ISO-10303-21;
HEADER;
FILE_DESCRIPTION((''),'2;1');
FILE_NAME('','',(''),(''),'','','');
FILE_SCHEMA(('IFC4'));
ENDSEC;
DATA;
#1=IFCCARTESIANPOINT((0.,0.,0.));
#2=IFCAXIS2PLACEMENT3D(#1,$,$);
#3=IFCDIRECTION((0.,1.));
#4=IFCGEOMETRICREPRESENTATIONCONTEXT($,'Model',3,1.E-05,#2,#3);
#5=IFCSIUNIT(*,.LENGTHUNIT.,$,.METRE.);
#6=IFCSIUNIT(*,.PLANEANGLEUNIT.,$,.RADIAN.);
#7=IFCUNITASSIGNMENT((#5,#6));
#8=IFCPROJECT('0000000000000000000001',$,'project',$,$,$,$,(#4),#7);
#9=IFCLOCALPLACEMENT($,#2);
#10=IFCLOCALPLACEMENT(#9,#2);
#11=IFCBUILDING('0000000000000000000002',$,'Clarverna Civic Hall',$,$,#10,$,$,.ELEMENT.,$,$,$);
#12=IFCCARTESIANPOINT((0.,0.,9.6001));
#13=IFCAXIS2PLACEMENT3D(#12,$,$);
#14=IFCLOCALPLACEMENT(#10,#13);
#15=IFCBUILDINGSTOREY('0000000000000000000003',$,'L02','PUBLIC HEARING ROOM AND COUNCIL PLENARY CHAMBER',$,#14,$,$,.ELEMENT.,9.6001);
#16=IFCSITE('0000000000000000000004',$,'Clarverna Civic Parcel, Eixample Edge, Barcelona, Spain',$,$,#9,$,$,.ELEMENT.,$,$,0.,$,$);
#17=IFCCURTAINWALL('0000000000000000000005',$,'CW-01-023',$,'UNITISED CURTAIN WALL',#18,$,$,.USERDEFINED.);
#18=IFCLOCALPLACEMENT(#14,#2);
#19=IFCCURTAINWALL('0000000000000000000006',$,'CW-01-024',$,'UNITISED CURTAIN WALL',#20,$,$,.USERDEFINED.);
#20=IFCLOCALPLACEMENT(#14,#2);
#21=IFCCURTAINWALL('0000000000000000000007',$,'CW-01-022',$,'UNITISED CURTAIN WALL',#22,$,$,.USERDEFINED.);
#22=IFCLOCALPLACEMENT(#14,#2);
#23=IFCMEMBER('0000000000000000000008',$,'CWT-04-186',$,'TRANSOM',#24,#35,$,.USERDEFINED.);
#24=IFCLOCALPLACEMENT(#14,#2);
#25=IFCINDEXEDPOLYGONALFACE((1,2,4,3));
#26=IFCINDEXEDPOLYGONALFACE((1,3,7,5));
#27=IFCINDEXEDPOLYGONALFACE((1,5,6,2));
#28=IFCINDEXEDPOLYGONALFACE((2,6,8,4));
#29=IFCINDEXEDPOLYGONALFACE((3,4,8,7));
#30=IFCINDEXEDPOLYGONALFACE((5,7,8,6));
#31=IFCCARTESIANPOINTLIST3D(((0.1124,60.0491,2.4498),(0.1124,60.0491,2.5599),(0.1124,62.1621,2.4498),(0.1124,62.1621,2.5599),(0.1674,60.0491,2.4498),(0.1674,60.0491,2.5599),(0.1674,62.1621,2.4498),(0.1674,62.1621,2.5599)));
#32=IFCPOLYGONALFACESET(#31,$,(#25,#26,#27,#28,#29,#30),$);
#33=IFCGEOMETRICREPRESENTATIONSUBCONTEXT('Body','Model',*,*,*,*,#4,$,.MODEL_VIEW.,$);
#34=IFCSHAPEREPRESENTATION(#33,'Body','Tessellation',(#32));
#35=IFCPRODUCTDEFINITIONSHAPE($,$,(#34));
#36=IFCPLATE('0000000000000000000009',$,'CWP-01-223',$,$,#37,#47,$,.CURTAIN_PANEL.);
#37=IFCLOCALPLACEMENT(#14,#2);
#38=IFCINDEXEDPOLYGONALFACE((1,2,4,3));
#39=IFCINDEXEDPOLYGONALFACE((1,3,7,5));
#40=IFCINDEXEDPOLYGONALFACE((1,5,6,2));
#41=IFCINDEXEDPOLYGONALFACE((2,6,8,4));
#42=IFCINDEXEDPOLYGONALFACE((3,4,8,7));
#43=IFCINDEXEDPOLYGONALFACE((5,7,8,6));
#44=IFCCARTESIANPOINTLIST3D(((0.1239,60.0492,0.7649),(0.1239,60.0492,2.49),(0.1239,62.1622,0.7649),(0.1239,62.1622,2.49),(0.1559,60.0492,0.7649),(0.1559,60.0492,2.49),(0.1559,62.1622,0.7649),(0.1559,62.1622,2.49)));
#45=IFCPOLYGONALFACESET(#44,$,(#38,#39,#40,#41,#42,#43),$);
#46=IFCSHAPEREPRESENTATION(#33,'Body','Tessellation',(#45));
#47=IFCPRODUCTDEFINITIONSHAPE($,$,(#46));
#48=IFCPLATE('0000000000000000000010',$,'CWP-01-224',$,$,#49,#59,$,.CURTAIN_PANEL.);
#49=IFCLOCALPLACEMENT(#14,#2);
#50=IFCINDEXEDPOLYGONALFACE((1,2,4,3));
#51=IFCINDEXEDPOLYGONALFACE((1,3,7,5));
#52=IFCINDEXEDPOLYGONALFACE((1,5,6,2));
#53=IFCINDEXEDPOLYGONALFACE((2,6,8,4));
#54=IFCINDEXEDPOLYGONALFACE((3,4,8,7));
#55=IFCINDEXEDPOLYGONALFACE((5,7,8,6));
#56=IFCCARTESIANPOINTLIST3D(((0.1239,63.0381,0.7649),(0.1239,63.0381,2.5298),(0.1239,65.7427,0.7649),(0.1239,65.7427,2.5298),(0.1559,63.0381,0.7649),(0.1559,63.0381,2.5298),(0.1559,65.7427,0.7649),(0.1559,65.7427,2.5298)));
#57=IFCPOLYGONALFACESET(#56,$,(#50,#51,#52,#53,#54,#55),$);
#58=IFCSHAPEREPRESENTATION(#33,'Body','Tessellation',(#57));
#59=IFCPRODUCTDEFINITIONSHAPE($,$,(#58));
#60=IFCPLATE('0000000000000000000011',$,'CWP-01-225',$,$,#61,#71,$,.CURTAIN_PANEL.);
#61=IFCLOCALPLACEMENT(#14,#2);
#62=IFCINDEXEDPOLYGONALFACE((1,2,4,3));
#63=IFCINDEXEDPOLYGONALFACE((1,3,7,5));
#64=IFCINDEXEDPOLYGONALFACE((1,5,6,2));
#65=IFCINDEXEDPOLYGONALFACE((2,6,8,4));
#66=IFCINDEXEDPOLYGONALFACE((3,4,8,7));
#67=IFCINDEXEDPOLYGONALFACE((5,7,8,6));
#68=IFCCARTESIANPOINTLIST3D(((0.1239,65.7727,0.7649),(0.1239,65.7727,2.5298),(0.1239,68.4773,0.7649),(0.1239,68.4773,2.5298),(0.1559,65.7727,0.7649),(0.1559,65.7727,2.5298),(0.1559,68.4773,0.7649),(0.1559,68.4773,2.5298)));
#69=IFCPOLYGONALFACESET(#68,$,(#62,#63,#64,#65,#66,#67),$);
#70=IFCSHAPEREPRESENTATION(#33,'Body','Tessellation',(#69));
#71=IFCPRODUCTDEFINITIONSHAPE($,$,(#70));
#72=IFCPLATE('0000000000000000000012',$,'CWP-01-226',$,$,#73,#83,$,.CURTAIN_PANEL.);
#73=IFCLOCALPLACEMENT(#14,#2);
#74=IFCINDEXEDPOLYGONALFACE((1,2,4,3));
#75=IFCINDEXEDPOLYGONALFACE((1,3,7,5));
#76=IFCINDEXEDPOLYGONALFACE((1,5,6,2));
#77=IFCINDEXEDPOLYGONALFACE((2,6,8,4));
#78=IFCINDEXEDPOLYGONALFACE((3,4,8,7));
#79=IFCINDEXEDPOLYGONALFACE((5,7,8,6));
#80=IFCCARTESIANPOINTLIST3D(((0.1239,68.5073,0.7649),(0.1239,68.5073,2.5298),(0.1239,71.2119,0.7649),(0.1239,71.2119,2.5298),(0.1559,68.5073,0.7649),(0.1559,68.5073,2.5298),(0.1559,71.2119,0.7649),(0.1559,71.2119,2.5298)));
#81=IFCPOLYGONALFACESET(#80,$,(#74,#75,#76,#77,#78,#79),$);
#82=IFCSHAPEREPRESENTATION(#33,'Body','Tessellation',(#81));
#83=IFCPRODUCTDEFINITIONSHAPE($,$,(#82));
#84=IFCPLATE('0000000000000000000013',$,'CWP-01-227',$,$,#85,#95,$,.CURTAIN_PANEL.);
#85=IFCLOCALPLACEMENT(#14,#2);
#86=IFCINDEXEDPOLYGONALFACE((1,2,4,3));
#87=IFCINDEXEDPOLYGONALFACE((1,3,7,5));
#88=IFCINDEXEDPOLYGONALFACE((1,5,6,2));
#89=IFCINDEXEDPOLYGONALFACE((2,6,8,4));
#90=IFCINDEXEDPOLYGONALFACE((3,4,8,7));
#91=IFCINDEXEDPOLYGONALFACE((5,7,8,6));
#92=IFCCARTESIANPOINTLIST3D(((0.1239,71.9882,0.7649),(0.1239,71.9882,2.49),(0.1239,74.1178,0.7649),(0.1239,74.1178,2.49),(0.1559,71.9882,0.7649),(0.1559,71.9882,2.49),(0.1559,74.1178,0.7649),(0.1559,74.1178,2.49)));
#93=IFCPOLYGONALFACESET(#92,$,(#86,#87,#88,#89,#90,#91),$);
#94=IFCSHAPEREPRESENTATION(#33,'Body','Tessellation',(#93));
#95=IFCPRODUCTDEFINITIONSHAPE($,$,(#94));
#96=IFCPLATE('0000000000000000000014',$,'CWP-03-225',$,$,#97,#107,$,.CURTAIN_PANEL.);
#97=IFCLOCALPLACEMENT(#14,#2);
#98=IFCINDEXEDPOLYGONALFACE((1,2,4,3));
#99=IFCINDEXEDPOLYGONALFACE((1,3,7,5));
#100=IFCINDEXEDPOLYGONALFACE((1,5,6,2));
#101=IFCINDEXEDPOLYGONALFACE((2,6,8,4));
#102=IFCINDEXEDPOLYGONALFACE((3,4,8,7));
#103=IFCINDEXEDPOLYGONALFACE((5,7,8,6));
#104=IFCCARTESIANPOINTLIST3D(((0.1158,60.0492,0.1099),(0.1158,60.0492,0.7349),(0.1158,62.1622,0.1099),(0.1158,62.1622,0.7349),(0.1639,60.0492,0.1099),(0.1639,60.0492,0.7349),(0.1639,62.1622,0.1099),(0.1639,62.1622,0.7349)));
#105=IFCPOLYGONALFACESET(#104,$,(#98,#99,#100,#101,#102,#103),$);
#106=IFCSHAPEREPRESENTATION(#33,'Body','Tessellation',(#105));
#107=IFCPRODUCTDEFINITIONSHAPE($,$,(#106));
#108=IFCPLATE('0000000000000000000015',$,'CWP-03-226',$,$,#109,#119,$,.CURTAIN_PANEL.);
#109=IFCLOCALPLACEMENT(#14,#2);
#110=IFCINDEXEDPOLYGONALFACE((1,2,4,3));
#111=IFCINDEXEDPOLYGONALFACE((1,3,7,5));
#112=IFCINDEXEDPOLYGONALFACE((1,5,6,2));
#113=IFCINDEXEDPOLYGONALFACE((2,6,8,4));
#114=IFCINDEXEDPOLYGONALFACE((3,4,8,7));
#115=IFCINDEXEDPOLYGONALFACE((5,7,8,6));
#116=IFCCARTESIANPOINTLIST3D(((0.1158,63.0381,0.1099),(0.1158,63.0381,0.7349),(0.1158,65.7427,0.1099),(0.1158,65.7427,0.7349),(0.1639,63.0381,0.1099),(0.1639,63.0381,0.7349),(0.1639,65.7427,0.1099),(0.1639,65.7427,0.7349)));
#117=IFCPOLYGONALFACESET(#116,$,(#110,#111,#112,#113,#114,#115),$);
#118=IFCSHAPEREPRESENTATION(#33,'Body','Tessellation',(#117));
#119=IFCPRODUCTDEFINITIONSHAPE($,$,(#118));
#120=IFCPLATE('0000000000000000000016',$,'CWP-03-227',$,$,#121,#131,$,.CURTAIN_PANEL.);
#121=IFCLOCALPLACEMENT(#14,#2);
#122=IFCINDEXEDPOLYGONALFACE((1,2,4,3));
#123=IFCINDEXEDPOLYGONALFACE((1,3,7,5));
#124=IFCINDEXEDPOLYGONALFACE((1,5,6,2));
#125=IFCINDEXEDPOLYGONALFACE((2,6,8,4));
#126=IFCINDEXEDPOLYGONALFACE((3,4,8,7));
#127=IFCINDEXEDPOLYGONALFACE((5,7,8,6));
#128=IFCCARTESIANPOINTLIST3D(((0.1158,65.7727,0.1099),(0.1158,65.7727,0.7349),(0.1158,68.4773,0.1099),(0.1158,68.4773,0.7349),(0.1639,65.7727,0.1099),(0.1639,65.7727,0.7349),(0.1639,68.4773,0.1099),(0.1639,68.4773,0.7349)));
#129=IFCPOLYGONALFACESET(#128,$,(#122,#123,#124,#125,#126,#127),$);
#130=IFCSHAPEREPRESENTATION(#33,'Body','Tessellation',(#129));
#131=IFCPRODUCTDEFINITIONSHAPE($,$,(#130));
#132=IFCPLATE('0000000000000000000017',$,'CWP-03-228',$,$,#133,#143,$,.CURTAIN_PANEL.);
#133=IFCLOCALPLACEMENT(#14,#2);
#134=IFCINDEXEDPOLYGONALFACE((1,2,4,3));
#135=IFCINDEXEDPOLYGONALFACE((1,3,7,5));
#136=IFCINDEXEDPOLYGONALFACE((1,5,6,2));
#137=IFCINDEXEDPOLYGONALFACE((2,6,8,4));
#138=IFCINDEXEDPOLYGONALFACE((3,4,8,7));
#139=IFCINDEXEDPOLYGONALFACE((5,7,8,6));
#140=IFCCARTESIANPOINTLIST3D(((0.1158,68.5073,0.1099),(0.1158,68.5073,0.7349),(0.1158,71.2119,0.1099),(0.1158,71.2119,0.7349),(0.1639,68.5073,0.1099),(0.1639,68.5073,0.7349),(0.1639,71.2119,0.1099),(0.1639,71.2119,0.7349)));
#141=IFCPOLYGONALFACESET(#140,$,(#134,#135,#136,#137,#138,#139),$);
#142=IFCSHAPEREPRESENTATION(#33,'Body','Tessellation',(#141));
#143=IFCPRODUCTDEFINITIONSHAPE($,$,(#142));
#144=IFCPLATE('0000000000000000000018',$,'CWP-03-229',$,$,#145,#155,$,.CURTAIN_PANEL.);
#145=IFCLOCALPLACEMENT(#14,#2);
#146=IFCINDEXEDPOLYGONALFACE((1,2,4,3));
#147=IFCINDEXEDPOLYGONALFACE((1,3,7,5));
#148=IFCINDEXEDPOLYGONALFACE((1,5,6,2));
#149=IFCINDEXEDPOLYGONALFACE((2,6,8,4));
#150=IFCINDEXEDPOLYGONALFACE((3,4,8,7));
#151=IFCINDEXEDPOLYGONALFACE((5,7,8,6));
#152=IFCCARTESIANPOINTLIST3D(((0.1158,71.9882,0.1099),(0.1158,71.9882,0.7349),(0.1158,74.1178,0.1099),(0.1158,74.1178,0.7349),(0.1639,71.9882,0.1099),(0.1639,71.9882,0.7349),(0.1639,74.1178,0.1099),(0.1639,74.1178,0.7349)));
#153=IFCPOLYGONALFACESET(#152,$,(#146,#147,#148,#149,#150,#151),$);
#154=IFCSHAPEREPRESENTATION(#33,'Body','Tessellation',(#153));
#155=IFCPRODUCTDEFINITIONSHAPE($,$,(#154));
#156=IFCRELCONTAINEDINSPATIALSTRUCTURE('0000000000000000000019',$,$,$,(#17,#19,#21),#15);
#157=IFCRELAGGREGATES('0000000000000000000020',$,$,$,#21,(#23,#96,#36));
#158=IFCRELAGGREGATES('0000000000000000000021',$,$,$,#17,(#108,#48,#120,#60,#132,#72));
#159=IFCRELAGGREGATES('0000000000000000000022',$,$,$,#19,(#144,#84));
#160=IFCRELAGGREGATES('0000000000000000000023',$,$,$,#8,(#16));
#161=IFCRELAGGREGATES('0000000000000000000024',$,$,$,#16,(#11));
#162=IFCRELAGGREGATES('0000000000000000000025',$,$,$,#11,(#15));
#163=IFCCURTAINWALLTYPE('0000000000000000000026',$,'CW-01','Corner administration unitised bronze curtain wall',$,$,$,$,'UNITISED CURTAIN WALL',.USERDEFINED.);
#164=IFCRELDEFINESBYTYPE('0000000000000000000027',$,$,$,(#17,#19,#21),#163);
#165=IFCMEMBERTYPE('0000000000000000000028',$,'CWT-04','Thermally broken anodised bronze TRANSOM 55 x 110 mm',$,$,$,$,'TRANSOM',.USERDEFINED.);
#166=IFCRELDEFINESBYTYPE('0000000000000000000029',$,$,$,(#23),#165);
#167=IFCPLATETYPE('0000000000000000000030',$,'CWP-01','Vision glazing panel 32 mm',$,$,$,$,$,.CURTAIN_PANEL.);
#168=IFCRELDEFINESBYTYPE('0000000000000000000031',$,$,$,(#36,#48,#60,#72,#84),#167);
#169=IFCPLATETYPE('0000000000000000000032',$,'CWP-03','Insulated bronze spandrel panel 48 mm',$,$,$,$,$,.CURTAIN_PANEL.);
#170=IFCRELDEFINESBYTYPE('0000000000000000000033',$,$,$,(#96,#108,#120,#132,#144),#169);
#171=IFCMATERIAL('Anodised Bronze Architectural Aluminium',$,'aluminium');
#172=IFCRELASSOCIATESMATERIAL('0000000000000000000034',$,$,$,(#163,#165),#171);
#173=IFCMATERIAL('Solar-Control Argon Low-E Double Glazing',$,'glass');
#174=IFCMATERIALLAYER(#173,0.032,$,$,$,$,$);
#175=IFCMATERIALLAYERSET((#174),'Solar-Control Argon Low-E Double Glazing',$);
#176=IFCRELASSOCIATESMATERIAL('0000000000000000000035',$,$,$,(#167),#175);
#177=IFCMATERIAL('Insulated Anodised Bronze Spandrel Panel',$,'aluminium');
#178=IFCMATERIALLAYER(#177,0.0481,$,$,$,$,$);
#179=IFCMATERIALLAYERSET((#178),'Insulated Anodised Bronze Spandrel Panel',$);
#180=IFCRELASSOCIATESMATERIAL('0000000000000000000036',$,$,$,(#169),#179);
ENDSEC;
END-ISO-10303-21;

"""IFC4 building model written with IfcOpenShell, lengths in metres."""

from ifc_helpers import new_model, si_unit, direction, frame, frame_2d, origin, origin_2d, place, context, subcontext, project, spatial, rectangle, extrude, material, layer, layer_set, material_profile, profile_set, type_object, element, aggregate, save


model = new_model("IFC4")

# Units and contexts
model_context = context("Model", 3, precision=1e-05, world=origin(), true_north=direction((0.0, 1.0)))
body_context = subcontext(model_context, "Body", "Model", "MODEL_VIEW")
ifc_project = project(units=[si_unit("LENGTHUNIT", "METRE"), si_unit("PLANEANGLEUNIT", "RADIAN")], contexts=[model_context])

# Site, building, storey
site_placement = place(None, origin())
site = spatial("IfcSite", under=ifc_project, at=site_placement, Name="Clarverna Civic Parcel, Eixample Edge, Barcelona, Spain", CompositionType="ELEMENT", RefElevation=0.0)
building_placement = place(site_placement, origin())
building = spatial("IfcBuilding", under=site, at=building_placement, Name="Clarverna Civic Hall", CompositionType="ELEMENT")
storey_placement = place(building_placement, frame((0.0, 0.0, 9.6001)))
storey = spatial("IfcBuildingStorey", under=building, at=storey_placement, Name="L02", Description="PUBLIC HEARING ROOM AND COUNCIL PLENARY CHAMBER", CompositionType="ELEMENT", Elevation=9.6001)

# Curtain walls
ifc_material_1 = material(Name="Anodised Bronze Architectural Aluminium", Category="aluminium")
curtain_wall_type = type_object("IfcCurtainWallType", Name="CW-01", Description="Corner administration unitised bronze curtain wall", ElementType="UNITISED CURTAIN WALL", PredefinedType="USERDEFINED", material=ifc_material_1)
curtain_wall_1_placement = place(storey_placement, origin())
curtain_wall_1 = element("IfcCurtainWall", 1, at=curtain_wall_1_placement, inside=storey, type_object=curtain_wall_type, Name="CW-01-023", ObjectType="UNITISED CURTAIN WALL", PredefinedType="USERDEFINED")
curtain_wall_2_placement = place(storey_placement, origin())
curtain_wall_2 = element("IfcCurtainWall", 2, at=curtain_wall_2_placement, inside=storey, type_object=curtain_wall_type, Name="CW-01-024", ObjectType="UNITISED CURTAIN WALL", PredefinedType="USERDEFINED")
curtain_wall_3_placement = place(storey_placement, origin())
curtain_wall_3 = element("IfcCurtainWall", 3, at=curtain_wall_3_placement, inside=storey, type_object=curtain_wall_type, Name="CW-01-022", ObjectType="UNITISED CURTAIN WALL", PredefinedType="USERDEFINED")

# Member
ifc_material_profile_1 = material_profile(ifc_material_1, rectangle(XDim=0.0549, YDim=0.1101, at=origin_2d()), Name="BRONZE 55x110")
ifc_profile_set_1 = profile_set([ifc_material_profile_1], Name="Anodised Bronze Architectural Aluminium")
member_type_1 = type_object("IfcMemberType", Name="CWT-04", Description="Thermally broken anodised bronze TRANSOM 55 x 110 mm", ElementType="TRANSOM", PredefinedType="USERDEFINED", material=ifc_profile_set_1)
member_1_placement = place(storey_placement, frame((0.1399, 60.0491, 2.5049), z_axis=(0.0, 1.0, 0.0), x_axis=(-1.0, 0.0, 0.0)))
member_1 = element("IfcMember", 4, at=member_1_placement, type_object=member_type_1, Name="CWT-04-186", ObjectType="TRANSOM", PredefinedType="USERDEFINED", context=body_context, shape_type="SweptSolid", body=[
    extrude(rectangle(XDim=0.0549, YDim=0.1101, at=origin_2d()), origin(), (0.0, 0.0, 1.0), 2.113),
])

# Plates
ifc_material_2 = material(Name="Solar-Control Argon Low-E Double Glazing", Category="glass")
ifc_layer_1 = layer(ifc_material_2, 0.032)
ifc_layer_set_1 = layer_set([ifc_layer_1], Name="Solar-Control Argon Low-E Double Glazing")
plate_type_1 = type_object("IfcPlateType", Name="CWP-01", Description="Vision glazing panel 32 mm", PredefinedType="CURTAIN_PANEL", material=ifc_layer_set_1)
plate_1_placement = place(storey_placement, frame((0.1399, 60.0491, 0.7649), z_axis=(0.0, 0.0, 1.0), x_axis=(0.0, 1.0, 0.0)))
plate_1 = element("IfcPlate", 5, at=plate_1_placement, type_object=plate_type_1, Name="CWP-01-223", PredefinedType="CURTAIN_PANEL", context=body_context, shape_type="SweptSolid", body=[
    extrude(rectangle(XDim=2.113, YDim=0.032, at=frame_2d((1.0566, 0.0))), origin(), (0.0, 0.0, 1.0), 1.7251),
])
plate_2_placement = place(storey_placement, frame((0.1399, 63.0381, 0.7649), z_axis=(0.0, 0.0, 1.0), x_axis=(0.0, 1.0, 0.0)))
plate_2 = element("IfcPlate", 6, at=plate_2_placement, type_object=plate_type_1, Name="CWP-01-224", PredefinedType="CURTAIN_PANEL", context=body_context, shape_type="SweptSolid", body=[
    extrude(rectangle(XDim=2.7046, YDim=0.032, at=frame_2d((1.3523, 0.0))), origin(), (0.0, 0.0, 1.0), 1.7649),
])
plate_3_placement = place(storey_placement, frame((0.1399, 65.7727, 0.7649), z_axis=(0.0, 0.0, 1.0), x_axis=(0.0, 1.0, 0.0)))
plate_3 = element("IfcPlate", 7, at=plate_3_placement, type_object=plate_type_1, Name="CWP-01-225", PredefinedType="CURTAIN_PANEL", context=body_context, shape_type="SweptSolid", body=[
    extrude(rectangle(XDim=2.7046, YDim=0.032, at=frame_2d((1.3523, 0.0))), origin(), (0.0, 0.0, 1.0), 1.7649),
])
plate_4_placement = place(storey_placement, frame((0.1399, 68.5073, 0.7649), z_axis=(0.0, 0.0, 1.0), x_axis=(0.0, 1.0, 0.0)))
plate_4 = element("IfcPlate", 8, at=plate_4_placement, type_object=plate_type_1, Name="CWP-01-226", PredefinedType="CURTAIN_PANEL", context=body_context, shape_type="SweptSolid", body=[
    extrude(rectangle(XDim=2.7046, YDim=0.032, at=frame_2d((1.3523, 0.0))), origin(), (0.0, 0.0, 1.0), 1.7649),
])
plate_5_placement = place(storey_placement, frame((0.1399, 71.988, 0.7649), z_axis=(0.0, 0.0, 1.0), x_axis=(0.0, 1.0, 0.0)))
plate_5 = element("IfcPlate", 9, at=plate_5_placement, type_object=plate_type_1, Name="CWP-01-227", PredefinedType="CURTAIN_PANEL", context=body_context, shape_type="SweptSolid", body=[
    extrude(rectangle(XDim=2.1296, YDim=0.032, at=frame_2d((1.0649, 0.0))), origin(), (0.0, 0.0, 1.0), 1.7251),
])
ifc_material_3 = material(Name="Insulated Anodised Bronze Spandrel Panel", Category="aluminium")
ifc_layer_2 = layer(ifc_material_3, 0.0481)
ifc_layer_set_2 = layer_set([ifc_layer_2], Name="Insulated Anodised Bronze Spandrel Panel")
plate_type_2 = type_object("IfcPlateType", Name="CWP-03", Description="Insulated bronze spandrel panel 48 mm", PredefinedType="CURTAIN_PANEL", material=ifc_layer_set_2)
plate_6_placement = place(storey_placement, frame((0.1399, 60.0491, 0.1099), z_axis=(0.0, 0.0, 1.0), x_axis=(0.0, 1.0, 0.0)))
plate_6 = element("IfcPlate", 10, at=plate_6_placement, type_object=plate_type_2, Name="CWP-03-225", PredefinedType="CURTAIN_PANEL", context=body_context, shape_type="SweptSolid", body=[
    extrude(rectangle(XDim=2.113, YDim=0.0481, at=frame_2d((1.0566, 0.0))), origin(), (0.0, 0.0, 1.0), 0.625),
])
aggregate(curtain_wall_3, [member_1, plate_6, plate_1])
plate_7_placement = place(storey_placement, frame((0.1399, 63.0381, 0.1099), z_axis=(0.0, 0.0, 1.0), x_axis=(0.0, 1.0, 0.0)))
plate_7 = element("IfcPlate", 11, at=plate_7_placement, type_object=plate_type_2, Name="CWP-03-226", PredefinedType="CURTAIN_PANEL", context=body_context, shape_type="SweptSolid", body=[
    extrude(rectangle(XDim=2.7046, YDim=0.0481, at=frame_2d((1.3523, 0.0))), origin(), (0.0, 0.0, 1.0), 0.625),
])
plate_8_placement = place(storey_placement, frame((0.1399, 65.7727, 0.1099), z_axis=(0.0, 0.0, 1.0), x_axis=(0.0, 1.0, 0.0)))
plate_8 = element("IfcPlate", 12, at=plate_8_placement, type_object=plate_type_2, Name="CWP-03-227", PredefinedType="CURTAIN_PANEL", context=body_context, shape_type="SweptSolid", body=[
    extrude(rectangle(XDim=2.7046, YDim=0.0481, at=frame_2d((1.3523, 0.0))), origin(), (0.0, 0.0, 1.0), 0.625),
])
plate_9_placement = place(storey_placement, frame((0.1399, 68.5073, 0.1099), z_axis=(0.0, 0.0, 1.0), x_axis=(0.0, 1.0, 0.0)))
plate_9 = element("IfcPlate", 13, at=plate_9_placement, type_object=plate_type_2, Name="CWP-03-228", PredefinedType="CURTAIN_PANEL", context=body_context, shape_type="SweptSolid", body=[
    extrude(rectangle(XDim=2.7046, YDim=0.0481, at=frame_2d((1.3523, 0.0))), origin(), (0.0, 0.0, 1.0), 0.625),
])
aggregate(curtain_wall_1, [plate_7, plate_2, plate_8, plate_3, plate_9, plate_4])
plate_10_placement = place(storey_placement, frame((0.1399, 71.988, 0.1099), z_axis=(0.0, 0.0, 1.0), x_axis=(0.0, 1.0, 0.0)))
plate_10 = element("IfcPlate", 14, at=plate_10_placement, type_object=plate_type_2, Name="CWP-03-229", PredefinedType="CURTAIN_PANEL", context=body_context, shape_type="SweptSolid", body=[
    extrude(rectangle(XDim=2.1296, YDim=0.0481, at=frame_2d((1.0649, 0.0))), origin(), (0.0, 0.0, 1.0), 0.625),
])
aggregate(curtain_wall_2, [plate_10, plate_5])

save(model, "model.ifc")
